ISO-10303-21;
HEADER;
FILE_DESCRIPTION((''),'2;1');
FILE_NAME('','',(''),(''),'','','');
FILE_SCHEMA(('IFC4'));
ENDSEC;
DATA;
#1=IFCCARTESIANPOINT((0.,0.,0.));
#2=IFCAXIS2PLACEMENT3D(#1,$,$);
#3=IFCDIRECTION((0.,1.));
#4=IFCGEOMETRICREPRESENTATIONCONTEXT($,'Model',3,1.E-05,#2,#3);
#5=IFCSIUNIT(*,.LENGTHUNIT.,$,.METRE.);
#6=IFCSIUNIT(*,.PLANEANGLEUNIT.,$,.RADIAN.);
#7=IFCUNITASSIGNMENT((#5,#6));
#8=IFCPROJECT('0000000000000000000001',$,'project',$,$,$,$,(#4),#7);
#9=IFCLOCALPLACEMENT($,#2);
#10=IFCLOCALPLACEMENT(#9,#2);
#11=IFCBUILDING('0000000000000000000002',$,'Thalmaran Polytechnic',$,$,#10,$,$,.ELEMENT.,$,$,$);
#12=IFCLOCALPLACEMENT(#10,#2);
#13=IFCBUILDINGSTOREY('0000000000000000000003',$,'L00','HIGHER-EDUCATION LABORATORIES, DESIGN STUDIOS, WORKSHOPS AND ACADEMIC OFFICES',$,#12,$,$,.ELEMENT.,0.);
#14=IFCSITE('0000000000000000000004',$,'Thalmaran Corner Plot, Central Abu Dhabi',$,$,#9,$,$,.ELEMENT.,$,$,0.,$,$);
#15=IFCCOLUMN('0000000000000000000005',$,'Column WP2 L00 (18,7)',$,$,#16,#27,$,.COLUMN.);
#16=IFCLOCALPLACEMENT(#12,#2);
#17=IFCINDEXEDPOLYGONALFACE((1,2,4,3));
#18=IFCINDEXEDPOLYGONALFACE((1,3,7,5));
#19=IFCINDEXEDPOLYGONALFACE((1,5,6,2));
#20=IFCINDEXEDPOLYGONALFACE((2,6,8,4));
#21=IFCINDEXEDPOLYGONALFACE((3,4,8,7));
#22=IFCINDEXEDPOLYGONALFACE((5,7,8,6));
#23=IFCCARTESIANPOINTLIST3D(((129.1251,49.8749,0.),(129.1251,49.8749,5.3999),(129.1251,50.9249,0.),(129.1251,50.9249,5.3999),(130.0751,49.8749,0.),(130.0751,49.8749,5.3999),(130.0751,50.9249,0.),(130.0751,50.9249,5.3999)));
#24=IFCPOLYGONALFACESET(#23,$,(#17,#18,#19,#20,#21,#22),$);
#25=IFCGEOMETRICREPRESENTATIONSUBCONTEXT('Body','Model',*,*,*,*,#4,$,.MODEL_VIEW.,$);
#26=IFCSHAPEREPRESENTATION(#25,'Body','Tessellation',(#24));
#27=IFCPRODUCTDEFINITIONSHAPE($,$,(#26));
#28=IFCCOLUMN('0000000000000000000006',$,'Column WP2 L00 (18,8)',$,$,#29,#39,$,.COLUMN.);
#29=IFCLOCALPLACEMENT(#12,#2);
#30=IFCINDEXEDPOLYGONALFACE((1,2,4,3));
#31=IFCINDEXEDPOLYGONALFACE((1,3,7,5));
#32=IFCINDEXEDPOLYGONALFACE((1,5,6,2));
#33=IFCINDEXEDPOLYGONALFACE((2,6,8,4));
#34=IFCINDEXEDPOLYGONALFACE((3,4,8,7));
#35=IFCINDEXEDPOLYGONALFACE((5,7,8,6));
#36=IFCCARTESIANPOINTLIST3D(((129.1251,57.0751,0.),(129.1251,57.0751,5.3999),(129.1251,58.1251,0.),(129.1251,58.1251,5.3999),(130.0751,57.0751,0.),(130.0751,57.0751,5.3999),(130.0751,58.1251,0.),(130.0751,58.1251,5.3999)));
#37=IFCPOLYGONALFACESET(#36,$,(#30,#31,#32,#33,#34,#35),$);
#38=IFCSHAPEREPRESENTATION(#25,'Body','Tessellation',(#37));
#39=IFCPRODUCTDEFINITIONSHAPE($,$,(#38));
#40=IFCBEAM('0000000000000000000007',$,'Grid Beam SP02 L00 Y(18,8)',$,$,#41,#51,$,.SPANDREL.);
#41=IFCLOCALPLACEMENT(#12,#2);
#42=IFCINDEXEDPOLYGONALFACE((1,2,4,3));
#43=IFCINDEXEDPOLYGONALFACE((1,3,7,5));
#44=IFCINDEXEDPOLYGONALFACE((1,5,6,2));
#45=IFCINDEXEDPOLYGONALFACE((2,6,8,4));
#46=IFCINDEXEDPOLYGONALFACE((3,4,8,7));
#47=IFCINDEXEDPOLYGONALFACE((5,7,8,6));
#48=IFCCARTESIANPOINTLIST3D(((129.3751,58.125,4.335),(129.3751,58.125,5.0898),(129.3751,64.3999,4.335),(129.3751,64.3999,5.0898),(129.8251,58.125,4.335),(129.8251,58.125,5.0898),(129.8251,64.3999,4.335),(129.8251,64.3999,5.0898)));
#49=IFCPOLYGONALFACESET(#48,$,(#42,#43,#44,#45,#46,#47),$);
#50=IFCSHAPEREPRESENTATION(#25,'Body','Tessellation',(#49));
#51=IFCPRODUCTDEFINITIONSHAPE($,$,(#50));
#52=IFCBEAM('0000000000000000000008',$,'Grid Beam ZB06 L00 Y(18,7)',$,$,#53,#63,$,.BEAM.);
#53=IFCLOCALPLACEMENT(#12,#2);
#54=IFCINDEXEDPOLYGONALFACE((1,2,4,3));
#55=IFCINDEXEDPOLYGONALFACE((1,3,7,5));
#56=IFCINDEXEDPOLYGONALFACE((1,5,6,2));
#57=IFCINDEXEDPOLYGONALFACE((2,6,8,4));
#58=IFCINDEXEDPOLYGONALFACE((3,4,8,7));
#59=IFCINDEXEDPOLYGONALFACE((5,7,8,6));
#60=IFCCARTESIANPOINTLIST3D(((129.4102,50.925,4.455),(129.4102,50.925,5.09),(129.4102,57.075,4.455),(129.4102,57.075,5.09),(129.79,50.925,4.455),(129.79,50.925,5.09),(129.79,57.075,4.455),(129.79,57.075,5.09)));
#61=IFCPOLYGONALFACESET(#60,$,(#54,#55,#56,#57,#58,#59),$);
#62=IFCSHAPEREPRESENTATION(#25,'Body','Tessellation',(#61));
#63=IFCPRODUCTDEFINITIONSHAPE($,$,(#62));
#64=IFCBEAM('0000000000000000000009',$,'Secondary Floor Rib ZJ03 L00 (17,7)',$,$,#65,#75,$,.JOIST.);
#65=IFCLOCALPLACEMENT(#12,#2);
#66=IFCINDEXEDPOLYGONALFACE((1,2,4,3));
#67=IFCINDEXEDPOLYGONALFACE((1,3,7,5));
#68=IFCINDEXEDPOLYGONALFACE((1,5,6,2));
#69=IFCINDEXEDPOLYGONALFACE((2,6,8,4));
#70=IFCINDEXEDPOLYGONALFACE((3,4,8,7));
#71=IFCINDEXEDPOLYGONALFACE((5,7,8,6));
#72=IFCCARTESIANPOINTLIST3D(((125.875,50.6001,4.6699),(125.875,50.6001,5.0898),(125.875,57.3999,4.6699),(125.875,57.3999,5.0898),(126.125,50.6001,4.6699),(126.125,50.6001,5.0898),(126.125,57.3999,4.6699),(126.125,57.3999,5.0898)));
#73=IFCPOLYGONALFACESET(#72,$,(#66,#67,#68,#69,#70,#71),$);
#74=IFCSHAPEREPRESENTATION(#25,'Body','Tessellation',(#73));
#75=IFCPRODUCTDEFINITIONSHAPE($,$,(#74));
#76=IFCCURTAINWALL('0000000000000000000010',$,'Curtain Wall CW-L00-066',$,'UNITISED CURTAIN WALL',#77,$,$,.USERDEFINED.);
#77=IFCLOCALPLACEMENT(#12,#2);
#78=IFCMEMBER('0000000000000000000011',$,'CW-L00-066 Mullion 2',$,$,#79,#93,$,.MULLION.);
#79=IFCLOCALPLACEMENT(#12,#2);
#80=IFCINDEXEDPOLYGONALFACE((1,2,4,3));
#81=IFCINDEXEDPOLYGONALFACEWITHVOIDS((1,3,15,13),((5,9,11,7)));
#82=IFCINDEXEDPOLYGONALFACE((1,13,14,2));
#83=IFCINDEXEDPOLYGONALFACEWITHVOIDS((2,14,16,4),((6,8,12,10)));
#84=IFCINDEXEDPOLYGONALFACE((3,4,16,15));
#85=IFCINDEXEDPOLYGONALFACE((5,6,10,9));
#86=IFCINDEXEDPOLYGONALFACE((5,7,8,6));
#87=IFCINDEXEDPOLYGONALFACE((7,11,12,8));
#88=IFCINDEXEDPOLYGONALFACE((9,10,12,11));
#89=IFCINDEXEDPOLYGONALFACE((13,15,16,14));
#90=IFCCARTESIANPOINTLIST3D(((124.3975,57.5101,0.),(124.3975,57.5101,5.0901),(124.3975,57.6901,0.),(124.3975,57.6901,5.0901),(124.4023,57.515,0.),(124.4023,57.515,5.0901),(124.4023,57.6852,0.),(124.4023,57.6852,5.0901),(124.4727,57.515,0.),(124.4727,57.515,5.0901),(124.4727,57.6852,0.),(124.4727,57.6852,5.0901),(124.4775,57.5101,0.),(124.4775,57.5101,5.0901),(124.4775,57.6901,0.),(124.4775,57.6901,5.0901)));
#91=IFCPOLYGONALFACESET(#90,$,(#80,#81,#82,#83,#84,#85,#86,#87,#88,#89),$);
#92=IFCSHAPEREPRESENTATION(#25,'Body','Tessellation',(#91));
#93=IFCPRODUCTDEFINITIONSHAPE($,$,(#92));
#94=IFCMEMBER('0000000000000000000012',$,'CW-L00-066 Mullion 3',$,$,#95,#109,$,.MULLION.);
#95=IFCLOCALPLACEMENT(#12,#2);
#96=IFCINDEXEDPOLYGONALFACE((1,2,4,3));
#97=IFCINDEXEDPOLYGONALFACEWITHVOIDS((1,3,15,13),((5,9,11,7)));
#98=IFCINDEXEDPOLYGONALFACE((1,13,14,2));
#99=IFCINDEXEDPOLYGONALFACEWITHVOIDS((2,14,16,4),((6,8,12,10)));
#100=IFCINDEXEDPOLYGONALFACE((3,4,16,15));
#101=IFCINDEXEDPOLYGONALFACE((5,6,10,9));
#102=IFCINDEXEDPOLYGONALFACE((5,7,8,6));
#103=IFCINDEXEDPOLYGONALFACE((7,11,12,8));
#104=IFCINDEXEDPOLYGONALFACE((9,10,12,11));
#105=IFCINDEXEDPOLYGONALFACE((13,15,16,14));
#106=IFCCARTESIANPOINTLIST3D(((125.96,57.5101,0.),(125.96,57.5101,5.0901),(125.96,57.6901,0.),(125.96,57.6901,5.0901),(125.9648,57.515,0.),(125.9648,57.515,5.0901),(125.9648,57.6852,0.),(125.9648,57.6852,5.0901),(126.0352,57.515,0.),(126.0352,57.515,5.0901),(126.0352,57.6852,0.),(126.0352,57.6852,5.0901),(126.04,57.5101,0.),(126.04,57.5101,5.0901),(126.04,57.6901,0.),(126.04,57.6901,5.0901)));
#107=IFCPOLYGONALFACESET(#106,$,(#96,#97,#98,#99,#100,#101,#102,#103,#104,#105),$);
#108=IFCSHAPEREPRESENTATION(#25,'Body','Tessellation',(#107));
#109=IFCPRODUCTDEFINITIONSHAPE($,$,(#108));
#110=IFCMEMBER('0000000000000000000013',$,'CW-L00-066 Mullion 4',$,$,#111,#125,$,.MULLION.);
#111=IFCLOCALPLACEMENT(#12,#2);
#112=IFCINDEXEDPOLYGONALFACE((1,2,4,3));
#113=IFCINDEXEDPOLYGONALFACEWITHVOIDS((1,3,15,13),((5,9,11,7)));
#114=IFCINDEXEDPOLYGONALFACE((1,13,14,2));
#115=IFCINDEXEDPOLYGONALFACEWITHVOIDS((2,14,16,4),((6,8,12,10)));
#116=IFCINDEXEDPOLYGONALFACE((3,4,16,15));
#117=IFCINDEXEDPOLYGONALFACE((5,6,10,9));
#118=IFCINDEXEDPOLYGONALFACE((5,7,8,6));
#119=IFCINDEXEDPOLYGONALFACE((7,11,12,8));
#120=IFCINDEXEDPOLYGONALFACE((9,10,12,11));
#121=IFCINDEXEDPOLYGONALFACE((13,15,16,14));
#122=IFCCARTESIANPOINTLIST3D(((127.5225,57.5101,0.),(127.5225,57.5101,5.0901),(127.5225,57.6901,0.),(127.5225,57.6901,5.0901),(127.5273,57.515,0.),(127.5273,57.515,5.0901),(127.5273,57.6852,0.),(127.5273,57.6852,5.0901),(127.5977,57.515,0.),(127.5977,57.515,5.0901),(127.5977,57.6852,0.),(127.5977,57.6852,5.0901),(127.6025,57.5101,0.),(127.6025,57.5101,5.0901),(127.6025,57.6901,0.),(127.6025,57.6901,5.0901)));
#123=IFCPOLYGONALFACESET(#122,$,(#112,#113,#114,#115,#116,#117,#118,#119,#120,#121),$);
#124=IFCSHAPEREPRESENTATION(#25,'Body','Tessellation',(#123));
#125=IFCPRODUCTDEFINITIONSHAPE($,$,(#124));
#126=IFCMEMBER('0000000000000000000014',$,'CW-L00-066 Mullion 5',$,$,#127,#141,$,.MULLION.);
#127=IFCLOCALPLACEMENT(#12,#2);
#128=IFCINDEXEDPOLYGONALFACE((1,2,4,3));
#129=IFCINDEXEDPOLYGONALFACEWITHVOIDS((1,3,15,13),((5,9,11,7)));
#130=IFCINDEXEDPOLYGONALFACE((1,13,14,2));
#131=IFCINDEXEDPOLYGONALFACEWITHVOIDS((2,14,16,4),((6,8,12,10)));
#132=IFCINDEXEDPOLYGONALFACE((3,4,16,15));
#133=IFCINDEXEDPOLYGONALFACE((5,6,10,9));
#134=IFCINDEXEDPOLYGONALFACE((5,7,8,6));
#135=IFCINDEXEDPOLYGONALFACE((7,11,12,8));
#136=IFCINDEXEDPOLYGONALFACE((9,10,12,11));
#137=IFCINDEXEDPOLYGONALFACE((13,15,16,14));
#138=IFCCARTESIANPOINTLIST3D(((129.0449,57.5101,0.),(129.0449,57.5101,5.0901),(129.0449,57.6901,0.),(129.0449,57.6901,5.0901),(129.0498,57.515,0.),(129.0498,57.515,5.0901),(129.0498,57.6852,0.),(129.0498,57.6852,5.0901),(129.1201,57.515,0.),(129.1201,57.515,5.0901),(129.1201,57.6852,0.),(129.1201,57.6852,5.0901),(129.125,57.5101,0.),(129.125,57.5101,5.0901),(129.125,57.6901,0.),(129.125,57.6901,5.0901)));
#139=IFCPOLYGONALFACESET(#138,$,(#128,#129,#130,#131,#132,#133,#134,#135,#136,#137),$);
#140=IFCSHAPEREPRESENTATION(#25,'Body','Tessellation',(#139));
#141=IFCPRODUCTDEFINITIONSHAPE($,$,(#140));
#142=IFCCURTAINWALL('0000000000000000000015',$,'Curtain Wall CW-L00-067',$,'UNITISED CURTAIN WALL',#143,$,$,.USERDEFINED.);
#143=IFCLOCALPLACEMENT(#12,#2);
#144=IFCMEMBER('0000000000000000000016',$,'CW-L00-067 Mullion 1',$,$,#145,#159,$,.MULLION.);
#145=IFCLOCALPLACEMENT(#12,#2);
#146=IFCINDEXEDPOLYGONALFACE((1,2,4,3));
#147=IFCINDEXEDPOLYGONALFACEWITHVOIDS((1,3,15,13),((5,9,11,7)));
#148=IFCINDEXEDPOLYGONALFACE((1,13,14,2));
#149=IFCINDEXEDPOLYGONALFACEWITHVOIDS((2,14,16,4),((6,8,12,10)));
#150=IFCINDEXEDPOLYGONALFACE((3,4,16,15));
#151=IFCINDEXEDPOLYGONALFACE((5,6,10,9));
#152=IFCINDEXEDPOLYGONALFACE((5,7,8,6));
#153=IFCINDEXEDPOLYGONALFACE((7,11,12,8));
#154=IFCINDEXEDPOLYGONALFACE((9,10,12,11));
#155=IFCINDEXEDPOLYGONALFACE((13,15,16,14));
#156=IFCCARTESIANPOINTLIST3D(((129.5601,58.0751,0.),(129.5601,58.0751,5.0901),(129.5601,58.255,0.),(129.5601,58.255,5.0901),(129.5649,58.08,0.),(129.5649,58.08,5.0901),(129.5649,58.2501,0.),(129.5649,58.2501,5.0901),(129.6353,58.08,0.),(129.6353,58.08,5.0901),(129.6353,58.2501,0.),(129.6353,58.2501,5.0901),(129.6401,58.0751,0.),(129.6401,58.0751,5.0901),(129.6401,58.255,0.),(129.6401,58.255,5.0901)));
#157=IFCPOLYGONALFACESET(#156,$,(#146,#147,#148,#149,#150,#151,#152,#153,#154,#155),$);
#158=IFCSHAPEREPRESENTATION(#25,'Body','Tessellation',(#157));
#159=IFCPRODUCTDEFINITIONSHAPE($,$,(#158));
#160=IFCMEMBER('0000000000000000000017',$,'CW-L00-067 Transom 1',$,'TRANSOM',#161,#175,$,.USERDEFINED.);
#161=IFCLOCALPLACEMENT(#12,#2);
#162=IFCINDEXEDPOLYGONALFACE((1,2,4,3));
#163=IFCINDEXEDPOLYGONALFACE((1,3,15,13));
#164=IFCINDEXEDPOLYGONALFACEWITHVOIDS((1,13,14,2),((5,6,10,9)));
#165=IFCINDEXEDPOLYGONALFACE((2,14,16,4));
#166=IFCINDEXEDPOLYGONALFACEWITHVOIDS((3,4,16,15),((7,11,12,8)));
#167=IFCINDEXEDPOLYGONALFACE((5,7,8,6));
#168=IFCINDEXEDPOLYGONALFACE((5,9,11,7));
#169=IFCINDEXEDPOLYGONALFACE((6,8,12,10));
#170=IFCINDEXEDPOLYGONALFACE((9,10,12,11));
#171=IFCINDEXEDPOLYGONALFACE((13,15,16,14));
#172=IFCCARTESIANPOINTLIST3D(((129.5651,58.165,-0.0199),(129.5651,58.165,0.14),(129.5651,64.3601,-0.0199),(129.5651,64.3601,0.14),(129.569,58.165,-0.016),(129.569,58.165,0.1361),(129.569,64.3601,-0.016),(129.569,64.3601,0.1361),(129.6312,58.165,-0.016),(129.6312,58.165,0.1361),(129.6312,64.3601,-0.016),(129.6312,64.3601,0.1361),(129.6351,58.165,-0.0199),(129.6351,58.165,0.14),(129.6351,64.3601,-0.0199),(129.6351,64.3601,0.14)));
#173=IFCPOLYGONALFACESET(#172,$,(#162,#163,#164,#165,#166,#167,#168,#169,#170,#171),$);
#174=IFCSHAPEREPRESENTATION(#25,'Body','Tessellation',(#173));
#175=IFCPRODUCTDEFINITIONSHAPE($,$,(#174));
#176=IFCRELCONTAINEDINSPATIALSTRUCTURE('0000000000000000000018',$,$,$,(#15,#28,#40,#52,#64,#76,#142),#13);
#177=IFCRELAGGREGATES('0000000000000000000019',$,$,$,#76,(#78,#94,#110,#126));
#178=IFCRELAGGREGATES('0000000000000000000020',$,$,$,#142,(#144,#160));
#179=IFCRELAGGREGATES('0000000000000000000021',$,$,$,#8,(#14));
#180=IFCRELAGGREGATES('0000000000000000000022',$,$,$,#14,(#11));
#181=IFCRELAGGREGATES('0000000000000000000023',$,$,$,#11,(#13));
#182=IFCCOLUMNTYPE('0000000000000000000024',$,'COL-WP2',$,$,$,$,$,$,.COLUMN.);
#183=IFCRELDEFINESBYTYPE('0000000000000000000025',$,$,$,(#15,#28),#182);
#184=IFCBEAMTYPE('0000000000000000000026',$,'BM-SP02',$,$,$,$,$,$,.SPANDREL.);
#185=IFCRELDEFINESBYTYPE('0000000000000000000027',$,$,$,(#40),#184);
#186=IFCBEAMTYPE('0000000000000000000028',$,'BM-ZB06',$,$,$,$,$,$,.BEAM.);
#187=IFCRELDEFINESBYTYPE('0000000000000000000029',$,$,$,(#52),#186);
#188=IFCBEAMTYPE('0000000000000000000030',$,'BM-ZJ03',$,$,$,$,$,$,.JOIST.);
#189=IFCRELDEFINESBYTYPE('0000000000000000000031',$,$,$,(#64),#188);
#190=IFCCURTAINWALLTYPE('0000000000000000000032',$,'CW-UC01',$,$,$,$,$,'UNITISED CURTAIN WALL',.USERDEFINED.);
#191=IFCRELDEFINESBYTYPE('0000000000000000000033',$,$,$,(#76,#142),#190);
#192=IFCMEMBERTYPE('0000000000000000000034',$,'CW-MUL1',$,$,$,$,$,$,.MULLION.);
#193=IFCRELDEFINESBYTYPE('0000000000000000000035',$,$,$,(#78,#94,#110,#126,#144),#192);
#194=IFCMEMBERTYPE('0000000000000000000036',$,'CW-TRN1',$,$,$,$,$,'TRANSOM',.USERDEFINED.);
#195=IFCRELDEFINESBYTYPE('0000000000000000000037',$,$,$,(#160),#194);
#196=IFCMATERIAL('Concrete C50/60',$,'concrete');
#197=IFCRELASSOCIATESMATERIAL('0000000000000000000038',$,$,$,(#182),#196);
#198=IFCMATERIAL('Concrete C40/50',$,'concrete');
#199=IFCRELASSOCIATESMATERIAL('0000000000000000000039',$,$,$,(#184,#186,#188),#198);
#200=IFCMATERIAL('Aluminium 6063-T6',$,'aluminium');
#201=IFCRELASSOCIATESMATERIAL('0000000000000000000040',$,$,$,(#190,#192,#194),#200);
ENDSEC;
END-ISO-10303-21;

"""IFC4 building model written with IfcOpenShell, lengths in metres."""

from ifc_helpers import new_model, si_unit, direction, frame, origin, origin_2d, place, context, subcontext, project, spatial, rectangle, hollow_rectangle, extrude, material, material_profile, profile_set, type_object, element, aggregate, save


model = new_model("IFC4")

# Units and contexts
model_context = context("Model", 3, precision=1e-05, world=origin(), true_north=direction((0.0, 1.0)))
body_context = subcontext(model_context, "Body", "Model", "MODEL_VIEW")
ifc_project = project(units=[si_unit("LENGTHUNIT", "METRE"), si_unit("PLANEANGLEUNIT", "RADIAN")], contexts=[model_context])

# Site, building, storey
site_placement = place(None, origin())
site = spatial("IfcSite", under=ifc_project, at=site_placement, Name="Thalmaran Corner Plot, Central Abu Dhabi", CompositionType="ELEMENT", RefElevation=0.0)
building_placement = place(site_placement, origin())
building = spatial("IfcBuilding", under=site, at=building_placement, Name="Thalmaran Polytechnic", CompositionType="ELEMENT")
storey_placement = place(building_placement, origin())
storey = spatial("IfcBuildingStorey", under=building, at=storey_placement, Name="L00", Description="HIGHER-EDUCATION LABORATORIES, DESIGN STUDIOS, WORKSHOPS AND ACADEMIC OFFICES", CompositionType="ELEMENT", Elevation=0.0)

# Columns
ifc_material_1 = material(Name="Concrete C50/60", Category="concrete")
ifc_material_profile_1 = material_profile(ifc_material_1, rectangle(XDim=0.95, YDim=1.05, at=origin_2d()), Name="RC 950x1050")
ifc_profile_set_1 = profile_set([ifc_material_profile_1], Name="Concrete C50/60")
column_type = type_object("IfcColumnType", Name="COL-WP2", PredefinedType="COLUMN", material=ifc_profile_set_1)
for number, where, z_axis, x_axis, name in (
    (1, (129.6001, 50.3999, 0.0), (0.0, 0.0, 1.0), (1.0, 0.0, 0.0), "Column WP2 L00 (18,7)"),
    (2, (129.6001, 57.6001, 0.0), (0.0, 0.0, 1.0), (1.0, 0.0, 0.0), "Column WP2 L00 (18,8)"),
):
    element("IfcColumn", number, at=place(storey_placement, frame(where, z_axis=z_axis, x_axis=x_axis)), inside=storey, type_object=column_type, Name=name, PredefinedType="COLUMN", context=body_context, shape_type="SweptSolid", body=[
        extrude(rectangle(XDim=0.95, YDim=1.05, at=origin_2d()), origin(), (0.0, 0.0, 1.0), 5.3999),
    ])

# Beams
ifc_material_2 = material(Name="Concrete C40/50", Category="concrete")
ifc_material_profile_2 = material_profile(ifc_material_2, rectangle(XDim=0.45, YDim=0.7549, at=origin_2d()), Name="RC 450x755")
ifc_profile_set_2 = profile_set([ifc_material_profile_2], Name="Concrete C40/50")
beam_type_1 = type_object("IfcBeamType", Name="BM-SP02", PredefinedType="SPANDREL", material=ifc_profile_set_2)
beam_1_placement = place(storey_placement, frame((129.6001, 58.125, 4.7124), z_axis=(0.0, 1.0, 0.0), x_axis=(-1.0, 0.0, 0.0)))
element("IfcBeam", 3, at=beam_1_placement, inside=storey, type_object=beam_type_1, Name="Grid Beam SP02 L00 Y(18,8)", PredefinedType="SPANDREL", context=body_context, shape_type="SweptSolid", body=[
    extrude(rectangle(XDim=0.45, YDim=0.7549, at=origin_2d()), origin(), (0.0, 0.0, 1.0), 6.2749),
])
ifc_material_profile_3 = material_profile(ifc_material_2, rectangle(XDim=0.3799, YDim=0.635, at=origin_2d()), Name="RC 380x635")
ifc_profile_set_3 = profile_set([ifc_material_profile_3], Name="Concrete C40/50")
beam_type_2 = type_object("IfcBeamType", Name="BM-ZB06", PredefinedType="BEAM", material=ifc_profile_set_3)
beam_2_placement = place(storey_placement, frame((129.6001, 50.925, 4.7725), z_axis=(0.0, 1.0, 0.0), x_axis=(-1.0, 0.0, 0.0)))
element("IfcBeam", 4, at=beam_2_placement, inside=storey, type_object=beam_type_2, Name="Grid Beam ZB06 L00 Y(18,7)", PredefinedType="BEAM", context=body_context, shape_type="SweptSolid", body=[
    extrude(rectangle(XDim=0.3799, YDim=0.635, at=origin_2d()), origin(), (0.0, 0.0, 1.0), 6.1499),
])
ifc_material_profile_4 = material_profile(ifc_material_2, rectangle(XDim=0.25, YDim=0.4199, at=origin_2d()), Name="RC 250x420")
ifc_profile_set_4 = profile_set([ifc_material_profile_4], Name="Concrete C40/50")
beam_type_3 = type_object("IfcBeamType", Name="BM-ZJ03", PredefinedType="JOIST", material=ifc_profile_set_4)
beam_3_placement = place(storey_placement, frame((126.0, 50.6001, 4.8799), z_axis=(0.0, 1.0, 0.0), x_axis=(-1.0, 0.0, 0.0)))
element("IfcBeam", 5, at=beam_3_placement, inside=storey, type_object=beam_type_3, Name="Secondary Floor Rib ZJ03 L00 (17,7)", PredefinedType="JOIST", context=body_context, shape_type="SweptSolid", body=[
    extrude(rectangle(XDim=0.25, YDim=0.4199, at=origin_2d()), origin(), (0.0, 0.0, 1.0), 6.7998),
])

# Curtain walls, members
ifc_material_3 = material(Name="Aluminium 6063-T6", Category="aluminium")
curtain_wall_type = type_object("IfcCurtainWallType", Name="CW-UC01", ElementType="UNITISED CURTAIN WALL", PredefinedType="USERDEFINED", material=ifc_material_3)
curtain_wall_1_placement = place(storey_placement, origin())
curtain_wall_1 = element("IfcCurtainWall", 6, at=curtain_wall_1_placement, inside=storey, type_object=curtain_wall_type, Name="Curtain Wall CW-L00-066", ObjectType="UNITISED CURTAIN WALL", PredefinedType="USERDEFINED")
ifc_material_profile_5 = material_profile(ifc_material_3, hollow_rectangle(XDim=0.0801, YDim=0.1799, WallThickness=0.0049, at=origin_2d()), Name="RHS 180x80x5.0")
ifc_profile_set_5 = profile_set([ifc_material_profile_5], Name="Aluminium 6063-T6")
member_type_1 = type_object("IfcMemberType", Name="CW-MUL1", PredefinedType="MULLION", material=ifc_profile_set_5)
member_1_placement = place(storey_placement, frame((124.4375, 57.6001, 0.0), z_axis=(0.0, 0.0, 1.0), x_axis=(1.0, 0.0, 0.0)))
member_1 = element("IfcMember", 7, at=member_1_placement, type_object=member_type_1, Name="CW-L00-066 Mullion 2", PredefinedType="MULLION", context=body_context, shape_type="SweptSolid", body=[
    extrude(hollow_rectangle(XDim=0.0801, YDim=0.1799, WallThickness=0.0049, at=origin_2d()), origin(), (0.0, 0.0, 1.0), 5.0901),
])
member_2_placement = place(storey_placement, frame((126.0, 57.6001, 0.0), z_axis=(0.0, 0.0, 1.0), x_axis=(1.0, 0.0, 0.0)))
member_2 = element("IfcMember", 8, at=member_2_placement, type_object=member_type_1, Name="CW-L00-066 Mullion 3", PredefinedType="MULLION", context=body_context, shape_type="SweptSolid", body=[
    extrude(hollow_rectangle(XDim=0.0801, YDim=0.1799, WallThickness=0.0049, at=origin_2d()), origin(), (0.0, 0.0, 1.0), 5.0901),
])
member_3_placement = place(storey_placement, frame((127.5625, 57.6001, 0.0), z_axis=(0.0, 0.0, 1.0), x_axis=(1.0, 0.0, 0.0)))
member_3 = element("IfcMember", 9, at=member_3_placement, type_object=member_type_1, Name="CW-L00-066 Mullion 4", PredefinedType="MULLION", context=body_context, shape_type="SweptSolid", body=[
    extrude(hollow_rectangle(XDim=0.0801, YDim=0.1799, WallThickness=0.0049, at=origin_2d()), origin(), (0.0, 0.0, 1.0), 5.0901),
])
member_4_placement = place(storey_placement, frame((129.085, 57.6001, 0.0), z_axis=(0.0, 0.0, 1.0), x_axis=(1.0, 0.0, 0.0)))
member_4 = element("IfcMember", 10, at=member_4_placement, type_object=member_type_1, Name="CW-L00-066 Mullion 5", PredefinedType="MULLION", context=body_context, shape_type="SweptSolid", body=[
    extrude(hollow_rectangle(XDim=0.0801, YDim=0.1799, WallThickness=0.0049, at=origin_2d()), origin(), (0.0, 0.0, 1.0), 5.0901),
])
curtain_wall_2_placement = place(storey_placement, origin())
curtain_wall_2 = element("IfcCurtainWall", 11, at=curtain_wall_2_placement, inside=storey, type_object=curtain_wall_type, Name="Curtain Wall CW-L00-067", ObjectType="UNITISED CURTAIN WALL", PredefinedType="USERDEFINED")
member_5_placement = place(storey_placement, frame((129.6001, 58.165, 0.0), z_axis=(0.0, 0.0, 1.0), x_axis=(1.0, 0.0, 0.0)))
member_5 = element("IfcMember", 12, at=member_5_placement, type_object=member_type_1, Name="CW-L00-067 Mullion 1", PredefinedType="MULLION", context=body_context, shape_type="SweptSolid", body=[
    extrude(hollow_rectangle(XDim=0.0801, YDim=0.1799, WallThickness=0.0049, at=origin_2d()), origin(), (0.0, 0.0, 1.0), 5.0901),
])
ifc_material_profile_6 = material_profile(ifc_material_3, hollow_rectangle(XDim=0.0701, YDim=0.1599, WallThickness=0.0039, at=origin_2d()), Name="AL 160x70x4.0")
ifc_profile_set_6 = profile_set([ifc_material_profile_6], Name="Aluminium 6063-T6")
member_type_2 = type_object("IfcMemberType", Name="CW-TRN1", ElementType="TRANSOM", PredefinedType="USERDEFINED", material=ifc_profile_set_6)
member_6_placement = place(storey_placement, frame((129.6001, 58.165, 0.0601), z_axis=(0.0, 1.0, 0.0), x_axis=(-1.0, 0.0, 0.0)))
member_6 = element("IfcMember", 13, at=member_6_placement, type_object=member_type_2, Name="CW-L00-067 Transom 1", ObjectType="TRANSOM", PredefinedType="USERDEFINED", context=body_context, shape_type="SweptSolid", body=[
    extrude(hollow_rectangle(XDim=0.0701, YDim=0.1599, WallThickness=0.0039, at=origin_2d()), origin(), (0.0, 0.0, 1.0), 6.1951),
])

aggregate(curtain_wall_1, [member_1, member_2, member_3, member_4])
aggregate(curtain_wall_2, [member_5, member_6])

save(model, "model.ifc")
